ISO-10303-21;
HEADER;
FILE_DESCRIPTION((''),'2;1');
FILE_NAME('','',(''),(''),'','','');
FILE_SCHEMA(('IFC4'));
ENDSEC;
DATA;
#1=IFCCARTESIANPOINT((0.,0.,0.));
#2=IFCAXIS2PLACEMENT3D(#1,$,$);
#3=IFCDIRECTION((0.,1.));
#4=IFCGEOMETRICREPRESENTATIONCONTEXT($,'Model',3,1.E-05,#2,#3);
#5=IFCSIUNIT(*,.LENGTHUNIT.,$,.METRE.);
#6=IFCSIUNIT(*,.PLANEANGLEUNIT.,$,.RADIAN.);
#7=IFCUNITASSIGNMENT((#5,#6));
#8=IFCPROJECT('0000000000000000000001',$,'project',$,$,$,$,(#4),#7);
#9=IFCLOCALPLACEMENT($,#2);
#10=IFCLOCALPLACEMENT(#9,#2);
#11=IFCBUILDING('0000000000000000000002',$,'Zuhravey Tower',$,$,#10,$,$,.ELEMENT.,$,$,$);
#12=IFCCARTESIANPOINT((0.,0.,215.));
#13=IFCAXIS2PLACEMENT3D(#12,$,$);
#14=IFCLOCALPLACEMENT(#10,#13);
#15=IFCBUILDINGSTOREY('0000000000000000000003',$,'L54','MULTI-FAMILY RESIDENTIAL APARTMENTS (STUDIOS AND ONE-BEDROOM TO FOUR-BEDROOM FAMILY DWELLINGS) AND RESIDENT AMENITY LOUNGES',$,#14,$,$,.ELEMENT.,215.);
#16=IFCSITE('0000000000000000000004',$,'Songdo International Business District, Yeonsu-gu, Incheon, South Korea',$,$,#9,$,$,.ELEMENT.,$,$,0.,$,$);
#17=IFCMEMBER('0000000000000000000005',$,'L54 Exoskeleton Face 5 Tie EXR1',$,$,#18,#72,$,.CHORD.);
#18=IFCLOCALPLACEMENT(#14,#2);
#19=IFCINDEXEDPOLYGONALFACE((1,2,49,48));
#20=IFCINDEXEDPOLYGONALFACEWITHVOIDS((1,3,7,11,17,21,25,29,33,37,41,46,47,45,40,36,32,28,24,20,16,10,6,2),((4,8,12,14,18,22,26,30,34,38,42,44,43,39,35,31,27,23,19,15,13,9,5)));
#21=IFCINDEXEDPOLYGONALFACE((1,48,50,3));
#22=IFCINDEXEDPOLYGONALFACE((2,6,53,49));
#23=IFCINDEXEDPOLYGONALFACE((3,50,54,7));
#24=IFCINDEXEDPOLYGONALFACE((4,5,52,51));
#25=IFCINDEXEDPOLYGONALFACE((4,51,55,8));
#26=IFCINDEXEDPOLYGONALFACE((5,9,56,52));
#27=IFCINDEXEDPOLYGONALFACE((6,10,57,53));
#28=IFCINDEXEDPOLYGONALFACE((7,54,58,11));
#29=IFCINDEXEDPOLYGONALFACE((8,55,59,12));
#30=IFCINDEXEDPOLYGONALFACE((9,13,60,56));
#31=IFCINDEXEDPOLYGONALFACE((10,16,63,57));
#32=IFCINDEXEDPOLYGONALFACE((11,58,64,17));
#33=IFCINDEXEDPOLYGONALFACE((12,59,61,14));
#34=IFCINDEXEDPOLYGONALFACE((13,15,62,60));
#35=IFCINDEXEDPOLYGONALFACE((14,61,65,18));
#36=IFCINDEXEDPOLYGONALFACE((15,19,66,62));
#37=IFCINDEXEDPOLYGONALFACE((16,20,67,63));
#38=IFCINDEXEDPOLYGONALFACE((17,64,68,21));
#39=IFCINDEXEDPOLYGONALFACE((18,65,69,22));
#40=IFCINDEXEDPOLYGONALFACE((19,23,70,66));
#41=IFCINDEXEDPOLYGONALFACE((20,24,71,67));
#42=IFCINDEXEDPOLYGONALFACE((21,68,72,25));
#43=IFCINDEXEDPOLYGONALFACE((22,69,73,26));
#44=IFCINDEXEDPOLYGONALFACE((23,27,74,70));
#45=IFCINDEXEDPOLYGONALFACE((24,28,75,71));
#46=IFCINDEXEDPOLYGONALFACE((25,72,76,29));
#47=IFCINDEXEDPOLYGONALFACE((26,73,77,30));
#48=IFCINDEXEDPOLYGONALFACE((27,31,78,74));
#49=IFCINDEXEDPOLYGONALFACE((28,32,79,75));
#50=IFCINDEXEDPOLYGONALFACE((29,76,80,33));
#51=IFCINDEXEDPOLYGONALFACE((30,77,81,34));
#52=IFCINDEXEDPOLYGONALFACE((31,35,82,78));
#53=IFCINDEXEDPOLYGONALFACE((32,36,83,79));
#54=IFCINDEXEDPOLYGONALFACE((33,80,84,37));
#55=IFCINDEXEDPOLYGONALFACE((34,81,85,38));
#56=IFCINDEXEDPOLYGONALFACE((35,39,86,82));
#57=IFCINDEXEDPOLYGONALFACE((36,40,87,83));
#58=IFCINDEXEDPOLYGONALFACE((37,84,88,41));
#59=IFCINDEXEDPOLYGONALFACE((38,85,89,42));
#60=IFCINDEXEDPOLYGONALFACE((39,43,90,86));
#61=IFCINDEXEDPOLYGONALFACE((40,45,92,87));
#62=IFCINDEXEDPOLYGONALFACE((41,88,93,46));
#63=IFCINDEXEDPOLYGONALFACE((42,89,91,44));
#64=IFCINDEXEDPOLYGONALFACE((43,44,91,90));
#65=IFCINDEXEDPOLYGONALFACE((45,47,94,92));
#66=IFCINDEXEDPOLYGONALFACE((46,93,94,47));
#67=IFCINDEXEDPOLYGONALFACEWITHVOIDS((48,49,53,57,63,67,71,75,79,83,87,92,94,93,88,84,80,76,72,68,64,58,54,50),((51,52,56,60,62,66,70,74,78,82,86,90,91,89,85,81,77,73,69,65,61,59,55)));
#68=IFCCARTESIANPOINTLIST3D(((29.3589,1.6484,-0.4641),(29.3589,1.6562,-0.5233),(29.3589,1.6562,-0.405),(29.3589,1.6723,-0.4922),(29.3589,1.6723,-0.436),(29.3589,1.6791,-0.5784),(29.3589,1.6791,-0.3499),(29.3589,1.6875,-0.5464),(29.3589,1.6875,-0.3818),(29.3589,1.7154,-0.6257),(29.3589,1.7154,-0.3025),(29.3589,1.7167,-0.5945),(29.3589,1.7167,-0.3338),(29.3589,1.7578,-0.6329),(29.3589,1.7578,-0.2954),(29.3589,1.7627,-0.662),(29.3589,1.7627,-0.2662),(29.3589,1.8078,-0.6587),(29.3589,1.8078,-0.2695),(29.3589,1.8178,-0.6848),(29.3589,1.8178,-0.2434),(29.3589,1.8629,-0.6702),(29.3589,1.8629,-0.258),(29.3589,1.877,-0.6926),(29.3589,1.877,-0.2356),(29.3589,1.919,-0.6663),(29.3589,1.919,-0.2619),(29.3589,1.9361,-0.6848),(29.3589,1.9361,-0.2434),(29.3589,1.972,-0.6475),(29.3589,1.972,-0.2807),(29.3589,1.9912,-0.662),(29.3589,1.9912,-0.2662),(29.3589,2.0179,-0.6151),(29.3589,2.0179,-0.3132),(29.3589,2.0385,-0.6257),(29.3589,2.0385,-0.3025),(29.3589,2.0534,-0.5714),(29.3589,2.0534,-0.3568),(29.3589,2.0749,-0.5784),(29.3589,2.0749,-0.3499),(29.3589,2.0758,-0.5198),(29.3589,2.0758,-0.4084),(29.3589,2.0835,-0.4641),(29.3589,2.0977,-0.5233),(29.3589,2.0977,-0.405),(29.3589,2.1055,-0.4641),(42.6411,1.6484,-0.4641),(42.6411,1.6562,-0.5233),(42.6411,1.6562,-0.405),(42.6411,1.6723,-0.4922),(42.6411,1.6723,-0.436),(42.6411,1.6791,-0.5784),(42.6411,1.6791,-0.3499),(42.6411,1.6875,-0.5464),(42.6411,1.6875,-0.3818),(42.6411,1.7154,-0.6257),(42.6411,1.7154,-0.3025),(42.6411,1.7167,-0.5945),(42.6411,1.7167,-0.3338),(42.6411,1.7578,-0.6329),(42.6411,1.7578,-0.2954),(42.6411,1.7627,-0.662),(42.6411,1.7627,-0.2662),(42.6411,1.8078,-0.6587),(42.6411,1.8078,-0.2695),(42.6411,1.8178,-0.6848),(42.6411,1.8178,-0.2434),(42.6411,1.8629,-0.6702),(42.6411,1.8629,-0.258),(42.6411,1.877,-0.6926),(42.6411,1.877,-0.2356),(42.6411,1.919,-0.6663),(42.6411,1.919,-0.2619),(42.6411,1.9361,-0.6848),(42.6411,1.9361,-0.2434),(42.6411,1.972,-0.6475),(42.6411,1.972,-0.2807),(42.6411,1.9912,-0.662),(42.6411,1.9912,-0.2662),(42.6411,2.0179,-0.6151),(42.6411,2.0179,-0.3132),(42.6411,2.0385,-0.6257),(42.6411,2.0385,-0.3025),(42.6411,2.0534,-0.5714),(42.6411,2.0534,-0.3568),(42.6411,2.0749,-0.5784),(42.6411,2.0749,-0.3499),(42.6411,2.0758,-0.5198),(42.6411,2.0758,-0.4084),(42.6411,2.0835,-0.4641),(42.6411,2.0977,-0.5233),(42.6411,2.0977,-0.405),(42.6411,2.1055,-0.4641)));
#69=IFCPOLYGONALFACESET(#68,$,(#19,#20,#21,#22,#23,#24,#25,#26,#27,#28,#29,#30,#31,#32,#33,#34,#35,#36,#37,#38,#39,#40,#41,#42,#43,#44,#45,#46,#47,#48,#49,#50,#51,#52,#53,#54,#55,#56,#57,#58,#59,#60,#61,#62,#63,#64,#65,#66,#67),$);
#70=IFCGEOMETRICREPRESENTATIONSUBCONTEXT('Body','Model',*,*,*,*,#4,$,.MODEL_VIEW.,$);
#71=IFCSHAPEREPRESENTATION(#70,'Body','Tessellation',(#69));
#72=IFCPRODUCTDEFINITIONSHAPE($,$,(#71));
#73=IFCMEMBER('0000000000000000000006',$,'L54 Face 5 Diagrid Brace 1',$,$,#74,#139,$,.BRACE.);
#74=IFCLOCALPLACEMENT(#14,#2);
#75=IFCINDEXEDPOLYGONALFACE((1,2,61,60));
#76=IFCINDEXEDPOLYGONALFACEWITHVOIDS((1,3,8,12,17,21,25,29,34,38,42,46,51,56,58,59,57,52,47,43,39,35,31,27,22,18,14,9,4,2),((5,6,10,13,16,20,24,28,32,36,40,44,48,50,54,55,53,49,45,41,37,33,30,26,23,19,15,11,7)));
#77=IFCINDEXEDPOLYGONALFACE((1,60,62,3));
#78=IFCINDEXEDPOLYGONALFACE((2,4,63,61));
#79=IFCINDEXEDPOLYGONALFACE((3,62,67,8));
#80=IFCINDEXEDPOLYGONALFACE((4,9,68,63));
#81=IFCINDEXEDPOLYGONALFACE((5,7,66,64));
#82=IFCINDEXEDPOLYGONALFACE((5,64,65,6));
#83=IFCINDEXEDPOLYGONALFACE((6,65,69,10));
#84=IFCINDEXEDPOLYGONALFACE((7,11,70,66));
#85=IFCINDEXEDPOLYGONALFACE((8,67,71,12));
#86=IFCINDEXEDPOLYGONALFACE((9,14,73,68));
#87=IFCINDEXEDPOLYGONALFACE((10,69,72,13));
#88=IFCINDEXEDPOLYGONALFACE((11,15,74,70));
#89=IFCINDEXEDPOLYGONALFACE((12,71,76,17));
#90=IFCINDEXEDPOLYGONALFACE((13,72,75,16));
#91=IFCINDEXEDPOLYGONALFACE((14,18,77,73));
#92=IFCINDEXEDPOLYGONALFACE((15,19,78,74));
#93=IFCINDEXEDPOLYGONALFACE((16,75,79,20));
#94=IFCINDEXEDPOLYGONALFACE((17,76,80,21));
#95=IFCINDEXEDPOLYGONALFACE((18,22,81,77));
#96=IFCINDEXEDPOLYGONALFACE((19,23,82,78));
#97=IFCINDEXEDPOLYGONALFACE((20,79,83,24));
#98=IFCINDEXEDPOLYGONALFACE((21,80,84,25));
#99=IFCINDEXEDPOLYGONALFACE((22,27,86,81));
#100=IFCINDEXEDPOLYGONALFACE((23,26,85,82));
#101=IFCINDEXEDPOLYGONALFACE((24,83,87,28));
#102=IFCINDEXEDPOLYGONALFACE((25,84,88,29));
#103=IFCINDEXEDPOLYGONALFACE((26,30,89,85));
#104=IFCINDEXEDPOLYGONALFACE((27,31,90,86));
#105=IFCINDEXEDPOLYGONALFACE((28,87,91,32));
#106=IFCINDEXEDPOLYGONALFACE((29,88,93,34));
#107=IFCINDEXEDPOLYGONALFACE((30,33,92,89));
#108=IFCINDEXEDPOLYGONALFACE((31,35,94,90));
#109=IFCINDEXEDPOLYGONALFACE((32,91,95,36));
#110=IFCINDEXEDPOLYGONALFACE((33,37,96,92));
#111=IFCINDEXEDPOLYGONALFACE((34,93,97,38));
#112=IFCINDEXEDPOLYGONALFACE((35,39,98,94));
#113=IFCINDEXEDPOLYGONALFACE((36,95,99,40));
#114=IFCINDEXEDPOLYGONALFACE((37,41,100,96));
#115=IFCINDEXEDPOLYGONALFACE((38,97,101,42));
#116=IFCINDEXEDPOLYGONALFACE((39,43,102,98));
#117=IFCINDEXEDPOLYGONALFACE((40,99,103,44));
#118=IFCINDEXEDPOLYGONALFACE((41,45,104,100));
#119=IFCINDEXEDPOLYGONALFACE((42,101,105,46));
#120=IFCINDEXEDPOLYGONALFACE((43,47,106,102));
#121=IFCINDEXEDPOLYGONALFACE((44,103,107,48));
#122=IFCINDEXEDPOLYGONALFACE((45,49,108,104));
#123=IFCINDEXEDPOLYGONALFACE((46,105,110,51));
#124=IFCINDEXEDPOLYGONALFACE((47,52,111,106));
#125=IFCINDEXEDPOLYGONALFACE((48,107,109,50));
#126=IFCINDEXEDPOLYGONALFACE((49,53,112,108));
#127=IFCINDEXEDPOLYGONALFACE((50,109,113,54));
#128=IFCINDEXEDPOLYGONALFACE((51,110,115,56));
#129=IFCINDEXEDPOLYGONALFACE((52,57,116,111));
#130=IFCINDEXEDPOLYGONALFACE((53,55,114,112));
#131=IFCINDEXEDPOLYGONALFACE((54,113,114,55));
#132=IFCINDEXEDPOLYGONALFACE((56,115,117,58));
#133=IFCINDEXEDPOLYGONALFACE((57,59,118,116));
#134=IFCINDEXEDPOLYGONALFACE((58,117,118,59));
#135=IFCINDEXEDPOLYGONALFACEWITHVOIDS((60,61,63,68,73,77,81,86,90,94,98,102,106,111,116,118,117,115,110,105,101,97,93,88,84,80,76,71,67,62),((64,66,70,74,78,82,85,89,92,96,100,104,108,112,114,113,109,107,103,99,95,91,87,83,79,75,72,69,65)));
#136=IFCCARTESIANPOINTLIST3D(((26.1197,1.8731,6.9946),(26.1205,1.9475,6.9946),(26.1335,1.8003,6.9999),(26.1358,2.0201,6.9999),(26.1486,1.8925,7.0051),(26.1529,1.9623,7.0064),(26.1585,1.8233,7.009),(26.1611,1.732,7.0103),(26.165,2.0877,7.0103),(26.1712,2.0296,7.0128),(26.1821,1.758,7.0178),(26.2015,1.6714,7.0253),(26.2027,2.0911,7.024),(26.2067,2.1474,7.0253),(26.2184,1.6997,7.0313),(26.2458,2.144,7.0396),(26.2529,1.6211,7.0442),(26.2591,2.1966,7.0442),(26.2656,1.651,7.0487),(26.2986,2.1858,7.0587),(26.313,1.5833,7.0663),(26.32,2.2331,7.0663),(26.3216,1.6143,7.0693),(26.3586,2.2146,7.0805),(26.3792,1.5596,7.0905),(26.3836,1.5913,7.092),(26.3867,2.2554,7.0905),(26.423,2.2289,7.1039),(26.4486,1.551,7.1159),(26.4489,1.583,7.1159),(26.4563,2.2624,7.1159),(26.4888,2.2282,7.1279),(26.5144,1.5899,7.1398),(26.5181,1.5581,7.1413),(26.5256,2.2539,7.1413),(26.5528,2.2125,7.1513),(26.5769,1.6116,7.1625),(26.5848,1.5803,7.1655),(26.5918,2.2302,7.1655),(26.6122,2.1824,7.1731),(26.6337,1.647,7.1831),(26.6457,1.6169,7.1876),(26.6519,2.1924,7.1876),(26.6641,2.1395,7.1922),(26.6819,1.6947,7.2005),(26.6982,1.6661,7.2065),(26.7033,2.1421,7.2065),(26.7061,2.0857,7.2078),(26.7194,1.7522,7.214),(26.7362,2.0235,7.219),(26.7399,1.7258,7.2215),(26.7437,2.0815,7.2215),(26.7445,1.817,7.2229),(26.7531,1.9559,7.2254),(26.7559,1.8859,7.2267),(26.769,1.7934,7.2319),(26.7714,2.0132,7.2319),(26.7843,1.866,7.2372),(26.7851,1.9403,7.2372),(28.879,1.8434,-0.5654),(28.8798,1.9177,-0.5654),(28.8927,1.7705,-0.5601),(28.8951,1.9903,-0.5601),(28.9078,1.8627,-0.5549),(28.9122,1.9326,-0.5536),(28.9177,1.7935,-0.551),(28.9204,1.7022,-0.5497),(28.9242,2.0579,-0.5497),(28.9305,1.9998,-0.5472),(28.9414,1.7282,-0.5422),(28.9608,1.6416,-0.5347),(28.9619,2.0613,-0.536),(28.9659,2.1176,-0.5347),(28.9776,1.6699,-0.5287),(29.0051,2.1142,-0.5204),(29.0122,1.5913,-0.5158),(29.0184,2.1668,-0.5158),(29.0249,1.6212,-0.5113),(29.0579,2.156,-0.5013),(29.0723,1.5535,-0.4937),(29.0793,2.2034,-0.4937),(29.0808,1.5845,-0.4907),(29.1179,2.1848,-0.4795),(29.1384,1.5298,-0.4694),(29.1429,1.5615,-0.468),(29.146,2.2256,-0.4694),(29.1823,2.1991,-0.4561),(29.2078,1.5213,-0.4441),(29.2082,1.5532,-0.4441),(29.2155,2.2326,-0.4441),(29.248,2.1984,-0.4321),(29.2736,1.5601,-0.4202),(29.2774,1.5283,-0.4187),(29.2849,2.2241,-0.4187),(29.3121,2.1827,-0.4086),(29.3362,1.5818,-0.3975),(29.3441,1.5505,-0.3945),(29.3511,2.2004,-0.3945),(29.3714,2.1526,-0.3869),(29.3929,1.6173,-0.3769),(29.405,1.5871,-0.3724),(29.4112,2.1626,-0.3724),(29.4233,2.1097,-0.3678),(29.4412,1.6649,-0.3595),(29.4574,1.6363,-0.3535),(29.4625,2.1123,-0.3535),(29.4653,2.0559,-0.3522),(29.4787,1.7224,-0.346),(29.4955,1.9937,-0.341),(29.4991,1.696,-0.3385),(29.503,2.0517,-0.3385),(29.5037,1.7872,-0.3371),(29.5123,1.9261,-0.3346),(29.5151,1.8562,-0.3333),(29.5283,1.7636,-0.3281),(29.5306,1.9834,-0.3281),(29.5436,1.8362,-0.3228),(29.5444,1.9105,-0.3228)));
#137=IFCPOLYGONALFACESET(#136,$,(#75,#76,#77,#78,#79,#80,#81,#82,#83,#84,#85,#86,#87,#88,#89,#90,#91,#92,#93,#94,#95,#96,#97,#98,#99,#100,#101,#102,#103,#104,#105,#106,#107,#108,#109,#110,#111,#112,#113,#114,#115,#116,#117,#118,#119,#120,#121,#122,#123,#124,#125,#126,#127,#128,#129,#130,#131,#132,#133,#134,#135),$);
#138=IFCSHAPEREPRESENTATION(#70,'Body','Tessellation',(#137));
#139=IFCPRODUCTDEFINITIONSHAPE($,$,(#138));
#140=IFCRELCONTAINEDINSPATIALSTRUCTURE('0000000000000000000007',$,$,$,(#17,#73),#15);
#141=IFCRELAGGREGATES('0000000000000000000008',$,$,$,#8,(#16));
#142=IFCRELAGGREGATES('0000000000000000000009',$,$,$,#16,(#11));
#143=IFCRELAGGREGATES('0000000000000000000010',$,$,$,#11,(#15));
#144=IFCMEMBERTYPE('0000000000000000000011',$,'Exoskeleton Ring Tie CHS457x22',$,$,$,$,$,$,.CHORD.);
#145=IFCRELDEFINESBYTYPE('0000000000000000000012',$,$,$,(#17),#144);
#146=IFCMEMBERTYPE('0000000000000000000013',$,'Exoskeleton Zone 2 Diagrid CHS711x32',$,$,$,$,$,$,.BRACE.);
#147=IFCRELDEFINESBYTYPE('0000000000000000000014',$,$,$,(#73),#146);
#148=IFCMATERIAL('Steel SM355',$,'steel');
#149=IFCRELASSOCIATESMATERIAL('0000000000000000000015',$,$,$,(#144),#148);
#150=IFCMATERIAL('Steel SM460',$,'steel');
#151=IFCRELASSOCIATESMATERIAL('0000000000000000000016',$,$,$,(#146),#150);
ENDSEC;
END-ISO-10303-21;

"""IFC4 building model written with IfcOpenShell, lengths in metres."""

from ifc_helpers import new_model, si_unit, direction, frame, origin, origin_2d, place, context, subcontext, project, spatial, hollow_circle, extrude, material, material_profile, profile_set, type_object, element, save


model = new_model("IFC4")

# Units and contexts
model_context = context("Model", 3, precision=1e-05, world=origin(), true_north=direction((0.0, 1.0)))
body_context = subcontext(model_context, "Body", "Model", "MODEL_VIEW")
ifc_project = project(units=[si_unit("LENGTHUNIT", "METRE"), si_unit("PLANEANGLEUNIT", "RADIAN")], contexts=[model_context])

# Site, building, storey
site_placement = place(None, origin())
site = spatial("IfcSite", under=ifc_project, at=site_placement, Name="Songdo International Business District, Yeonsu-gu, Incheon, South Korea", CompositionType="ELEMENT", RefElevation=0.0)
building_placement = place(site_placement, origin())
building = spatial("IfcBuilding", under=site, at=building_placement, Name="Zuhravey Tower", CompositionType="ELEMENT")
storey_placement = place(building_placement, frame((0.0, 0.0, 215.0)))
storey = spatial("IfcBuildingStorey", under=building, at=storey_placement, Name="L54", Description="MULTI-FAMILY RESIDENTIAL APARTMENTS (STUDIOS AND ONE-BEDROOM TO FOUR-BEDROOM FAMILY DWELLINGS) AND RESIDENT AMENITY LOUNGES", CompositionType="ELEMENT", Elevation=215.0)

# Members
ifc_material_1 = material(Name="Steel SM355", Category="steel")
ifc_material_profile_1 = material_profile(ifc_material_1, hollow_circle(Radius=0.2285, WallThickness=0.022, at=origin_2d()), Name="CHS-457.2x22")
ifc_profile_set_1 = profile_set([ifc_material_profile_1], Name="Steel SM355")
member_type_1 = type_object("IfcMemberType", Name="Exoskeleton Ring Tie CHS457x22", PredefinedType="CHORD", material=ifc_profile_set_1)
member_1_placement = place(storey_placement, frame((29.3589, 1.877, -0.4641), z_axis=(1.0, 0.0, 0.0), x_axis=(0.0, 1.0, 0.0)))
element("IfcMember", 1, at=member_1_placement, inside=storey, type_object=member_type_1, Name="L54 Exoskeleton Face 5 Tie EXR1", PredefinedType="CHORD", context=body_context, shape_type="SweptSolid", body=[
    extrude(hollow_circle(Radius=0.2285, WallThickness=0.022, at=origin_2d()), origin(), (0.0, 0.0, 1.0), 13.2822),
])
ifc_material_2 = material(Name="Steel SM460", Category="steel")
ifc_material_profile_2 = material_profile(ifc_material_2, hollow_circle(Radius=0.3557, WallThickness=0.032, at=origin_2d()), Name="CHS-711.2x32")
ifc_profile_set_2 = profile_set([ifc_material_profile_2], Name="Steel SM460")
member_type_2 = type_object("IfcMemberType", Name="Exoskeleton Zone 2 Diagrid CHS711x32", PredefinedType="BRACE", material=ifc_profile_set_2)
member_2_placement = place(storey_placement, frame((29.2117, 1.877, -0.4441), z_axis=(-0.342856, 0.003701, 0.939381), x_axis=(-0.010794, -0.999942, 0.0)))
element("IfcMember", 2, at=member_2_placement, inside=storey, type_object=member_type_2, Name="L54 Face 5 Diagrid Brace 1", PredefinedType="BRACE", context=body_context, shape_type="SweptSolid", body=[
    extrude(hollow_circle(Radius=0.3557, WallThickness=0.032, at=origin_2d()), origin(), (0.0, 0.0, 1.0), 8.0479),
])

save(model, "model.ifc")
